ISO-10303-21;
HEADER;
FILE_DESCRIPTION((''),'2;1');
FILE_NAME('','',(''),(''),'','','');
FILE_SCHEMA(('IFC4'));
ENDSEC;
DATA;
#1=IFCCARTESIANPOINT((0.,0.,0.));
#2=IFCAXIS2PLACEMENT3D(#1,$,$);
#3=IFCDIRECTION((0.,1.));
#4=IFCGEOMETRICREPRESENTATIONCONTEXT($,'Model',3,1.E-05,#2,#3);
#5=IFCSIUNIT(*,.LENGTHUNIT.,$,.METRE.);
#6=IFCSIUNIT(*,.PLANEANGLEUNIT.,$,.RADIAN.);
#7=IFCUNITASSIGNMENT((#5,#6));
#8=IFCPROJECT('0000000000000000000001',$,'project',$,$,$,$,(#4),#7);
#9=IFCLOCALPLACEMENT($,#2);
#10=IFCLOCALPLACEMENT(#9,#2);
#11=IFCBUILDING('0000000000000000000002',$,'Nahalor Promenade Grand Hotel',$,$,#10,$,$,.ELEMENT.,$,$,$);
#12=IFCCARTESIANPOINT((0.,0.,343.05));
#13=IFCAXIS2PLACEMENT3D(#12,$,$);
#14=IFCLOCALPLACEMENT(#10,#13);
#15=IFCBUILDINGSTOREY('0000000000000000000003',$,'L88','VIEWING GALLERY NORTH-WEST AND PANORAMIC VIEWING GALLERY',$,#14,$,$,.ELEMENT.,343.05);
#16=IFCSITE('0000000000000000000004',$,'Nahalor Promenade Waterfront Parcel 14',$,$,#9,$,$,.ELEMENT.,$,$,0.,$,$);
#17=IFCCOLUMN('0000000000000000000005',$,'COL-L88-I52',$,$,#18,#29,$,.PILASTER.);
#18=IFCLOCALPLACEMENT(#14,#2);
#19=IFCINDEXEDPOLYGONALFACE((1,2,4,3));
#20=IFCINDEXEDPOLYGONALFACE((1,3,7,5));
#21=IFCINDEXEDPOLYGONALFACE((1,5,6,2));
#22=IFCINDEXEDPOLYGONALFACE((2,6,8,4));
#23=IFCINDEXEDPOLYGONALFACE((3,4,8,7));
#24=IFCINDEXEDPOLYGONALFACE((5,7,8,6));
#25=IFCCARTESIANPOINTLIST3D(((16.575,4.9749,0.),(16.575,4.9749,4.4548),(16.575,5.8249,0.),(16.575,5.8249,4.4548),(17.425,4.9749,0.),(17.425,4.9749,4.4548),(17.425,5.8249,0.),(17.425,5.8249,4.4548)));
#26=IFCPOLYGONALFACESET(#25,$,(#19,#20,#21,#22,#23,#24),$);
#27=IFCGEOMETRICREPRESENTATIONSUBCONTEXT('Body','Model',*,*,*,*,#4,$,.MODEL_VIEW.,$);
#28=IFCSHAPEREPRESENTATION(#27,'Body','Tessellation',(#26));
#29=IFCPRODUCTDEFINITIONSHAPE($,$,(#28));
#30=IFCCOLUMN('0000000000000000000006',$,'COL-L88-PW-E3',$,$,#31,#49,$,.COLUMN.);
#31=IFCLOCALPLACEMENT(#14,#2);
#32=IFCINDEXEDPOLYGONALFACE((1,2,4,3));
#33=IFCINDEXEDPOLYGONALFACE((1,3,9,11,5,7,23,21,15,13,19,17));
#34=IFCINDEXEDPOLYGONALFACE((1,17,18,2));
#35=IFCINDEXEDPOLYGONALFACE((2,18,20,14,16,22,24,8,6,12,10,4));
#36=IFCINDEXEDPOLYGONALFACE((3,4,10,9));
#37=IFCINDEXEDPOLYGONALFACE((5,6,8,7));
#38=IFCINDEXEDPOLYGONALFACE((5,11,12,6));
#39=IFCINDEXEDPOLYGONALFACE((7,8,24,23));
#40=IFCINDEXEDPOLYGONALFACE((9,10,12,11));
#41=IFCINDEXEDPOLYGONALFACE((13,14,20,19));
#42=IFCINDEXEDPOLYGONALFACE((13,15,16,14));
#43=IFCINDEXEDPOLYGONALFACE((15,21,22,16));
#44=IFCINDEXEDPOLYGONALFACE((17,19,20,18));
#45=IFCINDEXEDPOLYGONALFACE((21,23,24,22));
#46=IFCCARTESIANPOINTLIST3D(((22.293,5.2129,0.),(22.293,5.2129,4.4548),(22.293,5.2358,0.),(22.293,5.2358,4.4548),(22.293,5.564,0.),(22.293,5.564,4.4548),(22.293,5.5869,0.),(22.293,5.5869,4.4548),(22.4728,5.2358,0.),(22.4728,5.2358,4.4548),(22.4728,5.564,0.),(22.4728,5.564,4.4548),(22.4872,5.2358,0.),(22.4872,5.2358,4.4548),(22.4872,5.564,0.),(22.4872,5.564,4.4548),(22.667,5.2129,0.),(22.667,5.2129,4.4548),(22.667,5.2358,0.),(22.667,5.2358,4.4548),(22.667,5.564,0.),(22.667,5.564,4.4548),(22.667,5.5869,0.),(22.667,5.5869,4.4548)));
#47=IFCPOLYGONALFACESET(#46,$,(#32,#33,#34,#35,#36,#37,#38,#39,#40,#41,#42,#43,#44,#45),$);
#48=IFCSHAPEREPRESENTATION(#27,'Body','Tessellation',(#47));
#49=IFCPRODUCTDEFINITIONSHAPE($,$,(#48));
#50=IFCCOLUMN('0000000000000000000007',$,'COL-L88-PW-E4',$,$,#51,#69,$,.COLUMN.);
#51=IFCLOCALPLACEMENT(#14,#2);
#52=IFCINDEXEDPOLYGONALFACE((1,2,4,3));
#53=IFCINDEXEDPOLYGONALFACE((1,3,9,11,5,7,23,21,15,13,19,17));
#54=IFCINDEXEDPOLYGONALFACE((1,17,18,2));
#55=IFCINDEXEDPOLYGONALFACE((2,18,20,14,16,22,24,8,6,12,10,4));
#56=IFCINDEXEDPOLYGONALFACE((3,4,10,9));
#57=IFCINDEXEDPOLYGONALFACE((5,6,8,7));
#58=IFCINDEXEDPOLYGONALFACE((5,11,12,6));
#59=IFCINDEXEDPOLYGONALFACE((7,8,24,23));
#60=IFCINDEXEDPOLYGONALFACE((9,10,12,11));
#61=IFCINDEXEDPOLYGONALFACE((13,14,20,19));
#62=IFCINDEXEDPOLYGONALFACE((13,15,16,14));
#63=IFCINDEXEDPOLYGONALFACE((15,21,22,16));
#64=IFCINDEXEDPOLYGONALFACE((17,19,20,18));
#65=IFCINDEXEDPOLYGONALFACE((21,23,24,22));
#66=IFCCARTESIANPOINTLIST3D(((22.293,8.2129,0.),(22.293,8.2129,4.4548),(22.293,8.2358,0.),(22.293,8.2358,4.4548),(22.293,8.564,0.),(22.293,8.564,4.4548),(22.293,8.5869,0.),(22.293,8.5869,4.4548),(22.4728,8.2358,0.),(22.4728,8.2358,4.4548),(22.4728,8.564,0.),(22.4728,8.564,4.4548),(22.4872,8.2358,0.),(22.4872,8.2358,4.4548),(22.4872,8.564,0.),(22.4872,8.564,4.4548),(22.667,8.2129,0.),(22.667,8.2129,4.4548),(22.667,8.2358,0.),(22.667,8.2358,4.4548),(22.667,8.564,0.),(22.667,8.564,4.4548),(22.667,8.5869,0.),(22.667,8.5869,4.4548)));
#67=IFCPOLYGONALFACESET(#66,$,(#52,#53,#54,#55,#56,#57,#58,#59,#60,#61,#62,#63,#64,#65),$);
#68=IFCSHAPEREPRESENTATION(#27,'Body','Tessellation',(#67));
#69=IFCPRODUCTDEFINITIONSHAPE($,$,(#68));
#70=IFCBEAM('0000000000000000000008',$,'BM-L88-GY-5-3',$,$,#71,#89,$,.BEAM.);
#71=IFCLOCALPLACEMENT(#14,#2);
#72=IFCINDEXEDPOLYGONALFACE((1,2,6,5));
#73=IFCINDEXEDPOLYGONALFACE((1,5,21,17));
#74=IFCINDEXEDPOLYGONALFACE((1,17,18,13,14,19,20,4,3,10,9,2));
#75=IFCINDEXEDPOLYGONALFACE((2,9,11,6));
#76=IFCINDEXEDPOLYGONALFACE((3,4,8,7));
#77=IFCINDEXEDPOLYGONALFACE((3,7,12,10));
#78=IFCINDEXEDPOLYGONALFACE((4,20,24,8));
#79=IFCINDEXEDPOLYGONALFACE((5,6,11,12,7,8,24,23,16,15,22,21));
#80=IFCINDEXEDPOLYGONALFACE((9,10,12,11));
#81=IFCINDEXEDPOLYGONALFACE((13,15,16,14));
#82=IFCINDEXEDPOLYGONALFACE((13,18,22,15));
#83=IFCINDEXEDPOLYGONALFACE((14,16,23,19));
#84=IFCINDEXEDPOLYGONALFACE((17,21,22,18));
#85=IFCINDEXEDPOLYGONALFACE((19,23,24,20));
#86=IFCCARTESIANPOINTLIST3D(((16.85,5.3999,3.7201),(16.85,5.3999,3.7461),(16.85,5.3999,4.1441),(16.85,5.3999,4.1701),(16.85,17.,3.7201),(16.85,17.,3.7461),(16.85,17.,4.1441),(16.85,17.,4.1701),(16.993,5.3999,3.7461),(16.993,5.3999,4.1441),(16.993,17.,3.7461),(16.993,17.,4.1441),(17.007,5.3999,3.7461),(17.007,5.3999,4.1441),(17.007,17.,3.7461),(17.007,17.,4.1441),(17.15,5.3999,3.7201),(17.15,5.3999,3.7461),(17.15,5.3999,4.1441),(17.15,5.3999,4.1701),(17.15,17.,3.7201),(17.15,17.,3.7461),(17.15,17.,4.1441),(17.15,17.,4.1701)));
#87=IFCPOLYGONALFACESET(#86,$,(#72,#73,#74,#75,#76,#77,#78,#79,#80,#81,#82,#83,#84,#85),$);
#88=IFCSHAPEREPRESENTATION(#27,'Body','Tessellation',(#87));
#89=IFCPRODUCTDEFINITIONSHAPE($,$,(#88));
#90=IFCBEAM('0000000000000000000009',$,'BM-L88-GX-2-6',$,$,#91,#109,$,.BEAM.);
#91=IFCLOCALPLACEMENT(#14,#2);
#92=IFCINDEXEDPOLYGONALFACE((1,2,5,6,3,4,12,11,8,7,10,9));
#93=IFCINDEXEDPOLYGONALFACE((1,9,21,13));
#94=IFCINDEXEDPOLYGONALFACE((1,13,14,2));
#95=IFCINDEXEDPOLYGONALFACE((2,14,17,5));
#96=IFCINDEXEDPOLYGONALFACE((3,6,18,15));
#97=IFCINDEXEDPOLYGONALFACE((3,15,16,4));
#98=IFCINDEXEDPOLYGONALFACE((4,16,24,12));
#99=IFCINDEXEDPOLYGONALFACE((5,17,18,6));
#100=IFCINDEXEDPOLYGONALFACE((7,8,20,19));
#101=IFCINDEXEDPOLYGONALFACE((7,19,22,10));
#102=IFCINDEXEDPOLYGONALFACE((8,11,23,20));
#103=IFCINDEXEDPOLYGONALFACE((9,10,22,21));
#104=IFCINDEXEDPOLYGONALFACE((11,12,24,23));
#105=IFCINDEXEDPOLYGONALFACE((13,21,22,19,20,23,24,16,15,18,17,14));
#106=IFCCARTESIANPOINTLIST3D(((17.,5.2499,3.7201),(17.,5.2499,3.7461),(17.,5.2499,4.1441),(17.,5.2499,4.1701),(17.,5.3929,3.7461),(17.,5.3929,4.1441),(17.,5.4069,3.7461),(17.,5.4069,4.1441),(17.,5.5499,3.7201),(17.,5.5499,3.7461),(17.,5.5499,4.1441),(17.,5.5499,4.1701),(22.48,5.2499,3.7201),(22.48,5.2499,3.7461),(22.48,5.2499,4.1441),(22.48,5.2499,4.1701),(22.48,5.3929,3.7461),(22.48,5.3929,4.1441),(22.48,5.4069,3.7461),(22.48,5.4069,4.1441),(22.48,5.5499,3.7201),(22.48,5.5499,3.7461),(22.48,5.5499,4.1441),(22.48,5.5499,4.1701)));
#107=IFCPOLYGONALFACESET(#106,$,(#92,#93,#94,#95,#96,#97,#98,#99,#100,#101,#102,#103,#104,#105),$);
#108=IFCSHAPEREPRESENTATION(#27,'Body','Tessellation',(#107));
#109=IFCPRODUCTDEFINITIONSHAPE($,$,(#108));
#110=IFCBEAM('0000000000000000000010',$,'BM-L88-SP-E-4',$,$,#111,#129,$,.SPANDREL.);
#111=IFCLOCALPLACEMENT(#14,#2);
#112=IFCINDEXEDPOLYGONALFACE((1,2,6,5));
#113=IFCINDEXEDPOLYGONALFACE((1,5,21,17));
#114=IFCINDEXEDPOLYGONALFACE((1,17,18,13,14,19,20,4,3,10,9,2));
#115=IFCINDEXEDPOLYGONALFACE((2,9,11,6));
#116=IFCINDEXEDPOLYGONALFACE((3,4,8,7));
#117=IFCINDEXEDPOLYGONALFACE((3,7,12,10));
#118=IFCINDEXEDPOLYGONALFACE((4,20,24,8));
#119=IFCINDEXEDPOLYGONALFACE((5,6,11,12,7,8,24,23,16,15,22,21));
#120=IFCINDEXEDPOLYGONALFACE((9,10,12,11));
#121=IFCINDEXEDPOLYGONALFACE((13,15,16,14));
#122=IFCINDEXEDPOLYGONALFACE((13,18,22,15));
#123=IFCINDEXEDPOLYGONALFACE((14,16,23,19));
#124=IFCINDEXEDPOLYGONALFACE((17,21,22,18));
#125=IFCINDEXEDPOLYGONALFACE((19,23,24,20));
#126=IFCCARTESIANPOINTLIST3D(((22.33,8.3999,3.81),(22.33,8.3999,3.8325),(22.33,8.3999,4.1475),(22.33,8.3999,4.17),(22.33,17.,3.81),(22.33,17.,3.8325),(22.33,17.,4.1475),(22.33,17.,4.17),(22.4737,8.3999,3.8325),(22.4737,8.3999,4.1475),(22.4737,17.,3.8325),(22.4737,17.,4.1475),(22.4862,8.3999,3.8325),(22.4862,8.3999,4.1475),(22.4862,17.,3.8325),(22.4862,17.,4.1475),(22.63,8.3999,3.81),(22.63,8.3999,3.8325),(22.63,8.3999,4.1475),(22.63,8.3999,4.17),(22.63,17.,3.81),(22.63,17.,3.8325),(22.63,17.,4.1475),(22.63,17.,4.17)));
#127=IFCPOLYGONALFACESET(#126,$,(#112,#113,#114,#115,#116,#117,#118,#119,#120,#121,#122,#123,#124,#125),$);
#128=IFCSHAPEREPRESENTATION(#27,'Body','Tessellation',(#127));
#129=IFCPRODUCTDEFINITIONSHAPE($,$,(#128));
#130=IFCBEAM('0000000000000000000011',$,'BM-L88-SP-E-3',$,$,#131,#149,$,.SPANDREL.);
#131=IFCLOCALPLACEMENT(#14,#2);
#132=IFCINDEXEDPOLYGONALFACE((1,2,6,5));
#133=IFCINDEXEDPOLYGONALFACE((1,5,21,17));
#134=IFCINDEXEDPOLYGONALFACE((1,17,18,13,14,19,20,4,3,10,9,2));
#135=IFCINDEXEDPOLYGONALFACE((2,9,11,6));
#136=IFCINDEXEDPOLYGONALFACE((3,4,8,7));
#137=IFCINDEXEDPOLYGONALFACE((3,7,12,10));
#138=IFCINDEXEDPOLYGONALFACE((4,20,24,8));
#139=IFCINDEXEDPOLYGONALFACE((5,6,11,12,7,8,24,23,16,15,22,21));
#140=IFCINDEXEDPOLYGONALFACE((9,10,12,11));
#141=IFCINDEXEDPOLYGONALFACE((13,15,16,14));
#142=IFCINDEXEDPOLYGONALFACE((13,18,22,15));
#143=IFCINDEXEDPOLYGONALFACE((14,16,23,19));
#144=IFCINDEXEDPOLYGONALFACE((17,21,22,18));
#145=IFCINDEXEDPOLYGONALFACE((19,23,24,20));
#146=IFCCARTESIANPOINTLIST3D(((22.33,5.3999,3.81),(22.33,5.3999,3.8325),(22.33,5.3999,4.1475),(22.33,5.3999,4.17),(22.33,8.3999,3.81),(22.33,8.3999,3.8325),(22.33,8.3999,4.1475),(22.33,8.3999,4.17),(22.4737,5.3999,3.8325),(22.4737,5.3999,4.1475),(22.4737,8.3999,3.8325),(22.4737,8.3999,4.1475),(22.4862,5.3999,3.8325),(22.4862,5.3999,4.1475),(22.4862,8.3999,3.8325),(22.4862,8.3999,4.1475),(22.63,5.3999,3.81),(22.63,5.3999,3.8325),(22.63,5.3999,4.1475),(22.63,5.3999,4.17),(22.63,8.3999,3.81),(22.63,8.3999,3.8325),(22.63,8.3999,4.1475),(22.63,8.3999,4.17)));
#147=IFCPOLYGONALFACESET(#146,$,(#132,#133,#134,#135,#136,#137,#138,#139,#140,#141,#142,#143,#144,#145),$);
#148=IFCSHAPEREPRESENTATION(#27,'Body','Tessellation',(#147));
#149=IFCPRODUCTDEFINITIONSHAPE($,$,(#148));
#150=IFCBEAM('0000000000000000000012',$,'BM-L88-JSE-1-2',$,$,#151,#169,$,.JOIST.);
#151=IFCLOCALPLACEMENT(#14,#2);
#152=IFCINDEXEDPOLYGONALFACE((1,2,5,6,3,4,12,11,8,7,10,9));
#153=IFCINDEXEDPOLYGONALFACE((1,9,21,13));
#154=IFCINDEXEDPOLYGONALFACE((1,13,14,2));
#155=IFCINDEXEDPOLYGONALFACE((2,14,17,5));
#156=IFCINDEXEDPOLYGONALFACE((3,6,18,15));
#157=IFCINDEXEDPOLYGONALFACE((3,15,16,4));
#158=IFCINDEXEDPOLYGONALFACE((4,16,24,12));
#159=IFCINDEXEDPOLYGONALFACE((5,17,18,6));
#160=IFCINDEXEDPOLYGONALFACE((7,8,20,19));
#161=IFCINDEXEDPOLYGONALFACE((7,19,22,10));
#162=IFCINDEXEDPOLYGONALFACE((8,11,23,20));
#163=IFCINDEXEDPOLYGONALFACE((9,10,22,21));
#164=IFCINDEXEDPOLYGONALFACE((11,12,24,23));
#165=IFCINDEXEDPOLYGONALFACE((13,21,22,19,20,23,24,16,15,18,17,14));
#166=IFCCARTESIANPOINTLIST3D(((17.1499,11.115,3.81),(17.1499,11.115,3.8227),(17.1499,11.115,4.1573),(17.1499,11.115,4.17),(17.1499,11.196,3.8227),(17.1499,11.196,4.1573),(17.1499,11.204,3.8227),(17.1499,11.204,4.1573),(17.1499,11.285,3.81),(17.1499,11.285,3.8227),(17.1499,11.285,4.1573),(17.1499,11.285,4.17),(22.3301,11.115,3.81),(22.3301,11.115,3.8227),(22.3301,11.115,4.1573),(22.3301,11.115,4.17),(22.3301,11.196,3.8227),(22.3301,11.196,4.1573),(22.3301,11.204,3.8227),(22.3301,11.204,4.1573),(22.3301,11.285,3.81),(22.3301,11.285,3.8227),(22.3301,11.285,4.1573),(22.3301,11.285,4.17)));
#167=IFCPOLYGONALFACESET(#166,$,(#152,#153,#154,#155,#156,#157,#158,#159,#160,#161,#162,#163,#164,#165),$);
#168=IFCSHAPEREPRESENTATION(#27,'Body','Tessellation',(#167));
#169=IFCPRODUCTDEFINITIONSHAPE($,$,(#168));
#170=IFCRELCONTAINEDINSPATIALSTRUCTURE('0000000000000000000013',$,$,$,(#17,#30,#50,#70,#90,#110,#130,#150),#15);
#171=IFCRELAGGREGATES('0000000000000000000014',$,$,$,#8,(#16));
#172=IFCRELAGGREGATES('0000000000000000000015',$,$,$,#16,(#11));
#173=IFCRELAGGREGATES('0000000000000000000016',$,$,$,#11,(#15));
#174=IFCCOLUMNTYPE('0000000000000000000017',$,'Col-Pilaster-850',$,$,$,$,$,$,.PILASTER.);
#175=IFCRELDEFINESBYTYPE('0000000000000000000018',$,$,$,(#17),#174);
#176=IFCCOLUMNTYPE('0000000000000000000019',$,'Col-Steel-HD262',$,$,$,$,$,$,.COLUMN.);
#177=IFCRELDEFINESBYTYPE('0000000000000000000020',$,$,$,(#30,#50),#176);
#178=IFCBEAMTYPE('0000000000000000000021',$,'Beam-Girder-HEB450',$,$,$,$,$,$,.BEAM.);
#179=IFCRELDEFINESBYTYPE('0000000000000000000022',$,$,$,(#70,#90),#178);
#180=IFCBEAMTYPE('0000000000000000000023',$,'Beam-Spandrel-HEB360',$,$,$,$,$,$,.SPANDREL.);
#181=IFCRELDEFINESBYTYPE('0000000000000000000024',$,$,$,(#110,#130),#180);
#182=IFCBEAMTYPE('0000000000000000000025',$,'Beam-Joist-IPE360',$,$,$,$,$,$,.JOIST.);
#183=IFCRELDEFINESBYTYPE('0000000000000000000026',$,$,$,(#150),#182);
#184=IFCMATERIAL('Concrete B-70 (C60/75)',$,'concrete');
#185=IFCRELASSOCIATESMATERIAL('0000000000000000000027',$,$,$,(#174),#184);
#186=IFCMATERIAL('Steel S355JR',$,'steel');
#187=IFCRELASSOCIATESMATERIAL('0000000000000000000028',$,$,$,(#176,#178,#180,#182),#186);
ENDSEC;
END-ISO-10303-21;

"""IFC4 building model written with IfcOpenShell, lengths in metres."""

from ifc_helpers import new_model, si_unit, direction, frame, origin, origin_2d, place, context, subcontext, project, spatial, rectangle, i_section, extrude, source, transform, mapped, material, material_profile, profile_set, type_object, element, save


model = new_model("IFC4")

# Units and contexts
model_context = context("Model", 3, precision=1e-05, world=origin(), true_north=direction((0.0, 1.0)))
body_context = subcontext(model_context, "Body", "Model", "MODEL_VIEW")
ifc_project = project(units=[si_unit("LENGTHUNIT", "METRE"), si_unit("PLANEANGLEUNIT", "RADIAN")], contexts=[model_context])

# Site, building, storey
site_placement = place(None, origin())
site = spatial("IfcSite", under=ifc_project, at=site_placement, Name="Nahalor Promenade Waterfront Parcel 14", CompositionType="ELEMENT", RefElevation=0.0)
building_placement = place(site_placement, origin())
building = spatial("IfcBuilding", under=site, at=building_placement, Name="Nahalor Promenade Grand Hotel", CompositionType="ELEMENT")
storey_placement = place(building_placement, frame((0.0, 0.0, 343.05)))
storey = spatial("IfcBuildingStorey", under=building, at=storey_placement, Name="L88", Description="VIEWING GALLERY NORTH-WEST AND PANORAMIC VIEWING GALLERY", CompositionType="ELEMENT", Elevation=343.05)

# Columns
ifc_material_1 = material(Name="Concrete B-70 (C60/75)", Category="concrete")
ifc_material_profile_1 = material_profile(ifc_material_1, rectangle(XDim=0.85, YDim=0.85, at=origin_2d()), Name="RC 850x850")
ifc_profile_set_1 = profile_set([ifc_material_profile_1], Name="Concrete B-70 (C60/75)")
column_type_1 = type_object("IfcColumnType", Name="Col-Pilaster-850", PredefinedType="PILASTER", material=ifc_profile_set_1)
shared_shape_1 = source(origin(), body_context, "Body", "SweptSolid", [
    extrude(rectangle(XDim=0.85, YDim=0.85, at=origin_2d()), origin(), (0.0, 0.0, 1.0), 4.4548),
])
column_placement = place(storey_placement, frame((17.0, 5.3999, 0.0), z_axis=(0.0, 0.0, 1.0), x_axis=(1.0, 0.0, 0.0)))
element("IfcColumn", 1, at=column_placement, inside=storey, type_object=column_type_1, Name="COL-L88-I52", PredefinedType="PILASTER", context=body_context, shape_type="MappedRepresentation", body=[
    mapped(shared_shape_1, transform((0.0, 0.0, 0.0), scale=1.0)),
])
ifc_material_2 = material(Name="Steel S355JR", Category="steel")
ifc_material_profile_2 = material_profile(ifc_material_2, i_section(OverallWidth=0.374, OverallDepth=0.374, WebThickness=0.0144, FlangeThickness=0.0229, at=origin_2d()), Name="HD 360x262")
ifc_profile_set_2 = profile_set([ifc_material_profile_2], Name="Steel S355JR")
column_type_2 = type_object("IfcColumnType", Name="Col-Steel-HD262", PredefinedType="COLUMN", material=ifc_profile_set_2)
shared_shape_2 = source(origin(), body_context, "Body", "SweptSolid", [
    extrude(i_section(OverallWidth=0.374, OverallDepth=0.374, WebThickness=0.0144, FlangeThickness=0.0229, at=origin_2d()), origin(), (0.0, 0.0, 1.0), 4.4548),
])
for number, where, z_axis, x_axis, name in (
    (2, (22.48, 5.3999, 0.0), (0.0, 0.0, 1.0), (1.0, 0.0, 0.0), "COL-L88-PW-E3"),
    (3, (22.48, 8.3999, 0.0), (0.0, 0.0, 1.0), (1.0, 0.0, 0.0), "COL-L88-PW-E4"),
):
    element("IfcColumn", number, at=place(storey_placement, frame(where, z_axis=z_axis, x_axis=x_axis)), inside=storey, type_object=column_type_2, Name=name, PredefinedType="COLUMN", context=body_context, shape_type="MappedRepresentation", body=[
        mapped(shared_shape_2, transform((0.0, 0.0, 0.0), scale=1.0)),
    ])

# Beams
ifc_material_profile_3 = material_profile(ifc_material_2, i_section(OverallWidth=0.3, OverallDepth=0.45, WebThickness=0.014, FlangeThickness=0.026, at=origin_2d()), Name="HEB 450")
ifc_profile_set_3 = profile_set([ifc_material_profile_3], Name="Steel S355JR")
beam_type_1 = type_object("IfcBeamType", Name="Beam-Girder-HEB450", PredefinedType="BEAM", material=ifc_profile_set_3)
shared_shape_3 = source(origin(), body_context, "Body", "SweptSolid", [
    extrude(i_section(OverallWidth=0.3, OverallDepth=0.45, WebThickness=0.014, FlangeThickness=0.026, at=origin_2d()), origin(), (0.0, 0.0, 1.0), 11.6001),
])
beam_1_placement = place(storey_placement, frame((17.0, 5.3999, 3.9451), z_axis=(0.0, 1.0, 0.0), x_axis=(-1.0, 0.0, 0.0)))
element("IfcBeam", 4, at=beam_1_placement, inside=storey, type_object=beam_type_1, Name="BM-L88-GY-5-3", PredefinedType="BEAM", context=body_context, shape_type="MappedRepresentation", body=[
    mapped(shared_shape_3, transform((0.0, 0.0, 0.0), scale=1.0)),
])
shared_shape_4 = source(origin(), body_context, "Body", "SweptSolid", [
    extrude(i_section(OverallWidth=0.3, OverallDepth=0.45, WebThickness=0.014, FlangeThickness=0.026, at=origin_2d()), origin(), (0.0, 0.0, 1.0), 5.48),
])
beam_2_placement = place(storey_placement, frame((17.0, 5.3999, 3.9451), z_axis=(1.0, 0.0, 0.0), x_axis=(0.0, 1.0, 0.0)))
element("IfcBeam", 5, at=beam_2_placement, inside=storey, type_object=beam_type_1, Name="BM-L88-GX-2-6", PredefinedType="BEAM", context=body_context, shape_type="MappedRepresentation", body=[
    mapped(shared_shape_4, transform((0.0, 0.0, 0.0), scale=1.0)),
])
ifc_material_profile_4 = material_profile(ifc_material_2, i_section(OverallWidth=0.3, OverallDepth=0.36, WebThickness=0.0125, FlangeThickness=0.0225, at=origin_2d()), Name="HEB 360")
ifc_profile_set_4 = profile_set([ifc_material_profile_4], Name="Steel S355JR")
beam_type_2 = type_object("IfcBeamType", Name="Beam-Spandrel-HEB360", PredefinedType="SPANDREL", material=ifc_profile_set_4)
shared_shape_5 = source(origin(), body_context, "Body", "SweptSolid", [
    extrude(i_section(OverallWidth=0.3, OverallDepth=0.36, WebThickness=0.0125, FlangeThickness=0.0225, at=origin_2d()), origin(), (0.0, 0.0, 1.0), 8.6001),
])
beam_3_placement = place(storey_placement, frame((22.48, 8.3999, 3.99), z_axis=(0.0, 1.0, 0.0), x_axis=(-1.0, 0.0, 0.0)))
element("IfcBeam", 6, at=beam_3_placement, inside=storey, type_object=beam_type_2, Name="BM-L88-SP-E-4", PredefinedType="SPANDREL", context=body_context, shape_type="MappedRepresentation", body=[
    mapped(shared_shape_5, transform((0.0, 0.0, 0.0), scale=1.0)),
])
shared_shape_6 = source(origin(), body_context, "Body", "SweptSolid", [
    extrude(i_section(OverallWidth=0.3, OverallDepth=0.36, WebThickness=0.0125, FlangeThickness=0.0225, at=origin_2d()), origin(), (0.0, 0.0, 1.0), 3.0),
])
beam_4_placement = place(storey_placement, frame((22.48, 5.3999, 3.99), z_axis=(0.0, 1.0, 0.0), x_axis=(-1.0, 0.0, 0.0)))
element("IfcBeam", 7, at=beam_4_placement, inside=storey, type_object=beam_type_2, Name="BM-L88-SP-E-3", PredefinedType="SPANDREL", context=body_context, shape_type="MappedRepresentation", body=[
    mapped(shared_shape_6, transform((0.0, 0.0, 0.0), scale=1.0)),
])
ifc_material_profile_5 = material_profile(ifc_material_2, i_section(OverallWidth=0.17, OverallDepth=0.36, WebThickness=0.008, FlangeThickness=0.0127, at=origin_2d()), Name="IPE 360")
ifc_profile_set_5 = profile_set([ifc_material_profile_5], Name="Steel S355JR")
beam_type_3 = type_object("IfcBeamType", Name="Beam-Joist-IPE360", PredefinedType="JOIST", material=ifc_profile_set_5)
shared_shape_7 = source(origin(), body_context, "Body", "SweptSolid", [
    extrude(i_section(OverallWidth=0.17, OverallDepth=0.36, WebThickness=0.008, FlangeThickness=0.0127, at=origin_2d()), origin(), (0.0, 0.0, 1.0), 5.1802),
])
beam_5_placement = place(storey_placement, frame((17.1499, 11.2, 3.99), z_axis=(1.0, 0.0, 0.0), x_axis=(0.0, 1.0, 0.0)))
element("IfcBeam", 8, at=beam_5_placement, inside=storey, type_object=beam_type_3, Name="BM-L88-JSE-1-2", PredefinedType="JOIST", context=body_context, shape_type="MappedRepresentation", body=[
    mapped(shared_shape_7, transform((0.0, 0.0, 0.0), scale=1.0)),
])

save(model, "model.ifc")
